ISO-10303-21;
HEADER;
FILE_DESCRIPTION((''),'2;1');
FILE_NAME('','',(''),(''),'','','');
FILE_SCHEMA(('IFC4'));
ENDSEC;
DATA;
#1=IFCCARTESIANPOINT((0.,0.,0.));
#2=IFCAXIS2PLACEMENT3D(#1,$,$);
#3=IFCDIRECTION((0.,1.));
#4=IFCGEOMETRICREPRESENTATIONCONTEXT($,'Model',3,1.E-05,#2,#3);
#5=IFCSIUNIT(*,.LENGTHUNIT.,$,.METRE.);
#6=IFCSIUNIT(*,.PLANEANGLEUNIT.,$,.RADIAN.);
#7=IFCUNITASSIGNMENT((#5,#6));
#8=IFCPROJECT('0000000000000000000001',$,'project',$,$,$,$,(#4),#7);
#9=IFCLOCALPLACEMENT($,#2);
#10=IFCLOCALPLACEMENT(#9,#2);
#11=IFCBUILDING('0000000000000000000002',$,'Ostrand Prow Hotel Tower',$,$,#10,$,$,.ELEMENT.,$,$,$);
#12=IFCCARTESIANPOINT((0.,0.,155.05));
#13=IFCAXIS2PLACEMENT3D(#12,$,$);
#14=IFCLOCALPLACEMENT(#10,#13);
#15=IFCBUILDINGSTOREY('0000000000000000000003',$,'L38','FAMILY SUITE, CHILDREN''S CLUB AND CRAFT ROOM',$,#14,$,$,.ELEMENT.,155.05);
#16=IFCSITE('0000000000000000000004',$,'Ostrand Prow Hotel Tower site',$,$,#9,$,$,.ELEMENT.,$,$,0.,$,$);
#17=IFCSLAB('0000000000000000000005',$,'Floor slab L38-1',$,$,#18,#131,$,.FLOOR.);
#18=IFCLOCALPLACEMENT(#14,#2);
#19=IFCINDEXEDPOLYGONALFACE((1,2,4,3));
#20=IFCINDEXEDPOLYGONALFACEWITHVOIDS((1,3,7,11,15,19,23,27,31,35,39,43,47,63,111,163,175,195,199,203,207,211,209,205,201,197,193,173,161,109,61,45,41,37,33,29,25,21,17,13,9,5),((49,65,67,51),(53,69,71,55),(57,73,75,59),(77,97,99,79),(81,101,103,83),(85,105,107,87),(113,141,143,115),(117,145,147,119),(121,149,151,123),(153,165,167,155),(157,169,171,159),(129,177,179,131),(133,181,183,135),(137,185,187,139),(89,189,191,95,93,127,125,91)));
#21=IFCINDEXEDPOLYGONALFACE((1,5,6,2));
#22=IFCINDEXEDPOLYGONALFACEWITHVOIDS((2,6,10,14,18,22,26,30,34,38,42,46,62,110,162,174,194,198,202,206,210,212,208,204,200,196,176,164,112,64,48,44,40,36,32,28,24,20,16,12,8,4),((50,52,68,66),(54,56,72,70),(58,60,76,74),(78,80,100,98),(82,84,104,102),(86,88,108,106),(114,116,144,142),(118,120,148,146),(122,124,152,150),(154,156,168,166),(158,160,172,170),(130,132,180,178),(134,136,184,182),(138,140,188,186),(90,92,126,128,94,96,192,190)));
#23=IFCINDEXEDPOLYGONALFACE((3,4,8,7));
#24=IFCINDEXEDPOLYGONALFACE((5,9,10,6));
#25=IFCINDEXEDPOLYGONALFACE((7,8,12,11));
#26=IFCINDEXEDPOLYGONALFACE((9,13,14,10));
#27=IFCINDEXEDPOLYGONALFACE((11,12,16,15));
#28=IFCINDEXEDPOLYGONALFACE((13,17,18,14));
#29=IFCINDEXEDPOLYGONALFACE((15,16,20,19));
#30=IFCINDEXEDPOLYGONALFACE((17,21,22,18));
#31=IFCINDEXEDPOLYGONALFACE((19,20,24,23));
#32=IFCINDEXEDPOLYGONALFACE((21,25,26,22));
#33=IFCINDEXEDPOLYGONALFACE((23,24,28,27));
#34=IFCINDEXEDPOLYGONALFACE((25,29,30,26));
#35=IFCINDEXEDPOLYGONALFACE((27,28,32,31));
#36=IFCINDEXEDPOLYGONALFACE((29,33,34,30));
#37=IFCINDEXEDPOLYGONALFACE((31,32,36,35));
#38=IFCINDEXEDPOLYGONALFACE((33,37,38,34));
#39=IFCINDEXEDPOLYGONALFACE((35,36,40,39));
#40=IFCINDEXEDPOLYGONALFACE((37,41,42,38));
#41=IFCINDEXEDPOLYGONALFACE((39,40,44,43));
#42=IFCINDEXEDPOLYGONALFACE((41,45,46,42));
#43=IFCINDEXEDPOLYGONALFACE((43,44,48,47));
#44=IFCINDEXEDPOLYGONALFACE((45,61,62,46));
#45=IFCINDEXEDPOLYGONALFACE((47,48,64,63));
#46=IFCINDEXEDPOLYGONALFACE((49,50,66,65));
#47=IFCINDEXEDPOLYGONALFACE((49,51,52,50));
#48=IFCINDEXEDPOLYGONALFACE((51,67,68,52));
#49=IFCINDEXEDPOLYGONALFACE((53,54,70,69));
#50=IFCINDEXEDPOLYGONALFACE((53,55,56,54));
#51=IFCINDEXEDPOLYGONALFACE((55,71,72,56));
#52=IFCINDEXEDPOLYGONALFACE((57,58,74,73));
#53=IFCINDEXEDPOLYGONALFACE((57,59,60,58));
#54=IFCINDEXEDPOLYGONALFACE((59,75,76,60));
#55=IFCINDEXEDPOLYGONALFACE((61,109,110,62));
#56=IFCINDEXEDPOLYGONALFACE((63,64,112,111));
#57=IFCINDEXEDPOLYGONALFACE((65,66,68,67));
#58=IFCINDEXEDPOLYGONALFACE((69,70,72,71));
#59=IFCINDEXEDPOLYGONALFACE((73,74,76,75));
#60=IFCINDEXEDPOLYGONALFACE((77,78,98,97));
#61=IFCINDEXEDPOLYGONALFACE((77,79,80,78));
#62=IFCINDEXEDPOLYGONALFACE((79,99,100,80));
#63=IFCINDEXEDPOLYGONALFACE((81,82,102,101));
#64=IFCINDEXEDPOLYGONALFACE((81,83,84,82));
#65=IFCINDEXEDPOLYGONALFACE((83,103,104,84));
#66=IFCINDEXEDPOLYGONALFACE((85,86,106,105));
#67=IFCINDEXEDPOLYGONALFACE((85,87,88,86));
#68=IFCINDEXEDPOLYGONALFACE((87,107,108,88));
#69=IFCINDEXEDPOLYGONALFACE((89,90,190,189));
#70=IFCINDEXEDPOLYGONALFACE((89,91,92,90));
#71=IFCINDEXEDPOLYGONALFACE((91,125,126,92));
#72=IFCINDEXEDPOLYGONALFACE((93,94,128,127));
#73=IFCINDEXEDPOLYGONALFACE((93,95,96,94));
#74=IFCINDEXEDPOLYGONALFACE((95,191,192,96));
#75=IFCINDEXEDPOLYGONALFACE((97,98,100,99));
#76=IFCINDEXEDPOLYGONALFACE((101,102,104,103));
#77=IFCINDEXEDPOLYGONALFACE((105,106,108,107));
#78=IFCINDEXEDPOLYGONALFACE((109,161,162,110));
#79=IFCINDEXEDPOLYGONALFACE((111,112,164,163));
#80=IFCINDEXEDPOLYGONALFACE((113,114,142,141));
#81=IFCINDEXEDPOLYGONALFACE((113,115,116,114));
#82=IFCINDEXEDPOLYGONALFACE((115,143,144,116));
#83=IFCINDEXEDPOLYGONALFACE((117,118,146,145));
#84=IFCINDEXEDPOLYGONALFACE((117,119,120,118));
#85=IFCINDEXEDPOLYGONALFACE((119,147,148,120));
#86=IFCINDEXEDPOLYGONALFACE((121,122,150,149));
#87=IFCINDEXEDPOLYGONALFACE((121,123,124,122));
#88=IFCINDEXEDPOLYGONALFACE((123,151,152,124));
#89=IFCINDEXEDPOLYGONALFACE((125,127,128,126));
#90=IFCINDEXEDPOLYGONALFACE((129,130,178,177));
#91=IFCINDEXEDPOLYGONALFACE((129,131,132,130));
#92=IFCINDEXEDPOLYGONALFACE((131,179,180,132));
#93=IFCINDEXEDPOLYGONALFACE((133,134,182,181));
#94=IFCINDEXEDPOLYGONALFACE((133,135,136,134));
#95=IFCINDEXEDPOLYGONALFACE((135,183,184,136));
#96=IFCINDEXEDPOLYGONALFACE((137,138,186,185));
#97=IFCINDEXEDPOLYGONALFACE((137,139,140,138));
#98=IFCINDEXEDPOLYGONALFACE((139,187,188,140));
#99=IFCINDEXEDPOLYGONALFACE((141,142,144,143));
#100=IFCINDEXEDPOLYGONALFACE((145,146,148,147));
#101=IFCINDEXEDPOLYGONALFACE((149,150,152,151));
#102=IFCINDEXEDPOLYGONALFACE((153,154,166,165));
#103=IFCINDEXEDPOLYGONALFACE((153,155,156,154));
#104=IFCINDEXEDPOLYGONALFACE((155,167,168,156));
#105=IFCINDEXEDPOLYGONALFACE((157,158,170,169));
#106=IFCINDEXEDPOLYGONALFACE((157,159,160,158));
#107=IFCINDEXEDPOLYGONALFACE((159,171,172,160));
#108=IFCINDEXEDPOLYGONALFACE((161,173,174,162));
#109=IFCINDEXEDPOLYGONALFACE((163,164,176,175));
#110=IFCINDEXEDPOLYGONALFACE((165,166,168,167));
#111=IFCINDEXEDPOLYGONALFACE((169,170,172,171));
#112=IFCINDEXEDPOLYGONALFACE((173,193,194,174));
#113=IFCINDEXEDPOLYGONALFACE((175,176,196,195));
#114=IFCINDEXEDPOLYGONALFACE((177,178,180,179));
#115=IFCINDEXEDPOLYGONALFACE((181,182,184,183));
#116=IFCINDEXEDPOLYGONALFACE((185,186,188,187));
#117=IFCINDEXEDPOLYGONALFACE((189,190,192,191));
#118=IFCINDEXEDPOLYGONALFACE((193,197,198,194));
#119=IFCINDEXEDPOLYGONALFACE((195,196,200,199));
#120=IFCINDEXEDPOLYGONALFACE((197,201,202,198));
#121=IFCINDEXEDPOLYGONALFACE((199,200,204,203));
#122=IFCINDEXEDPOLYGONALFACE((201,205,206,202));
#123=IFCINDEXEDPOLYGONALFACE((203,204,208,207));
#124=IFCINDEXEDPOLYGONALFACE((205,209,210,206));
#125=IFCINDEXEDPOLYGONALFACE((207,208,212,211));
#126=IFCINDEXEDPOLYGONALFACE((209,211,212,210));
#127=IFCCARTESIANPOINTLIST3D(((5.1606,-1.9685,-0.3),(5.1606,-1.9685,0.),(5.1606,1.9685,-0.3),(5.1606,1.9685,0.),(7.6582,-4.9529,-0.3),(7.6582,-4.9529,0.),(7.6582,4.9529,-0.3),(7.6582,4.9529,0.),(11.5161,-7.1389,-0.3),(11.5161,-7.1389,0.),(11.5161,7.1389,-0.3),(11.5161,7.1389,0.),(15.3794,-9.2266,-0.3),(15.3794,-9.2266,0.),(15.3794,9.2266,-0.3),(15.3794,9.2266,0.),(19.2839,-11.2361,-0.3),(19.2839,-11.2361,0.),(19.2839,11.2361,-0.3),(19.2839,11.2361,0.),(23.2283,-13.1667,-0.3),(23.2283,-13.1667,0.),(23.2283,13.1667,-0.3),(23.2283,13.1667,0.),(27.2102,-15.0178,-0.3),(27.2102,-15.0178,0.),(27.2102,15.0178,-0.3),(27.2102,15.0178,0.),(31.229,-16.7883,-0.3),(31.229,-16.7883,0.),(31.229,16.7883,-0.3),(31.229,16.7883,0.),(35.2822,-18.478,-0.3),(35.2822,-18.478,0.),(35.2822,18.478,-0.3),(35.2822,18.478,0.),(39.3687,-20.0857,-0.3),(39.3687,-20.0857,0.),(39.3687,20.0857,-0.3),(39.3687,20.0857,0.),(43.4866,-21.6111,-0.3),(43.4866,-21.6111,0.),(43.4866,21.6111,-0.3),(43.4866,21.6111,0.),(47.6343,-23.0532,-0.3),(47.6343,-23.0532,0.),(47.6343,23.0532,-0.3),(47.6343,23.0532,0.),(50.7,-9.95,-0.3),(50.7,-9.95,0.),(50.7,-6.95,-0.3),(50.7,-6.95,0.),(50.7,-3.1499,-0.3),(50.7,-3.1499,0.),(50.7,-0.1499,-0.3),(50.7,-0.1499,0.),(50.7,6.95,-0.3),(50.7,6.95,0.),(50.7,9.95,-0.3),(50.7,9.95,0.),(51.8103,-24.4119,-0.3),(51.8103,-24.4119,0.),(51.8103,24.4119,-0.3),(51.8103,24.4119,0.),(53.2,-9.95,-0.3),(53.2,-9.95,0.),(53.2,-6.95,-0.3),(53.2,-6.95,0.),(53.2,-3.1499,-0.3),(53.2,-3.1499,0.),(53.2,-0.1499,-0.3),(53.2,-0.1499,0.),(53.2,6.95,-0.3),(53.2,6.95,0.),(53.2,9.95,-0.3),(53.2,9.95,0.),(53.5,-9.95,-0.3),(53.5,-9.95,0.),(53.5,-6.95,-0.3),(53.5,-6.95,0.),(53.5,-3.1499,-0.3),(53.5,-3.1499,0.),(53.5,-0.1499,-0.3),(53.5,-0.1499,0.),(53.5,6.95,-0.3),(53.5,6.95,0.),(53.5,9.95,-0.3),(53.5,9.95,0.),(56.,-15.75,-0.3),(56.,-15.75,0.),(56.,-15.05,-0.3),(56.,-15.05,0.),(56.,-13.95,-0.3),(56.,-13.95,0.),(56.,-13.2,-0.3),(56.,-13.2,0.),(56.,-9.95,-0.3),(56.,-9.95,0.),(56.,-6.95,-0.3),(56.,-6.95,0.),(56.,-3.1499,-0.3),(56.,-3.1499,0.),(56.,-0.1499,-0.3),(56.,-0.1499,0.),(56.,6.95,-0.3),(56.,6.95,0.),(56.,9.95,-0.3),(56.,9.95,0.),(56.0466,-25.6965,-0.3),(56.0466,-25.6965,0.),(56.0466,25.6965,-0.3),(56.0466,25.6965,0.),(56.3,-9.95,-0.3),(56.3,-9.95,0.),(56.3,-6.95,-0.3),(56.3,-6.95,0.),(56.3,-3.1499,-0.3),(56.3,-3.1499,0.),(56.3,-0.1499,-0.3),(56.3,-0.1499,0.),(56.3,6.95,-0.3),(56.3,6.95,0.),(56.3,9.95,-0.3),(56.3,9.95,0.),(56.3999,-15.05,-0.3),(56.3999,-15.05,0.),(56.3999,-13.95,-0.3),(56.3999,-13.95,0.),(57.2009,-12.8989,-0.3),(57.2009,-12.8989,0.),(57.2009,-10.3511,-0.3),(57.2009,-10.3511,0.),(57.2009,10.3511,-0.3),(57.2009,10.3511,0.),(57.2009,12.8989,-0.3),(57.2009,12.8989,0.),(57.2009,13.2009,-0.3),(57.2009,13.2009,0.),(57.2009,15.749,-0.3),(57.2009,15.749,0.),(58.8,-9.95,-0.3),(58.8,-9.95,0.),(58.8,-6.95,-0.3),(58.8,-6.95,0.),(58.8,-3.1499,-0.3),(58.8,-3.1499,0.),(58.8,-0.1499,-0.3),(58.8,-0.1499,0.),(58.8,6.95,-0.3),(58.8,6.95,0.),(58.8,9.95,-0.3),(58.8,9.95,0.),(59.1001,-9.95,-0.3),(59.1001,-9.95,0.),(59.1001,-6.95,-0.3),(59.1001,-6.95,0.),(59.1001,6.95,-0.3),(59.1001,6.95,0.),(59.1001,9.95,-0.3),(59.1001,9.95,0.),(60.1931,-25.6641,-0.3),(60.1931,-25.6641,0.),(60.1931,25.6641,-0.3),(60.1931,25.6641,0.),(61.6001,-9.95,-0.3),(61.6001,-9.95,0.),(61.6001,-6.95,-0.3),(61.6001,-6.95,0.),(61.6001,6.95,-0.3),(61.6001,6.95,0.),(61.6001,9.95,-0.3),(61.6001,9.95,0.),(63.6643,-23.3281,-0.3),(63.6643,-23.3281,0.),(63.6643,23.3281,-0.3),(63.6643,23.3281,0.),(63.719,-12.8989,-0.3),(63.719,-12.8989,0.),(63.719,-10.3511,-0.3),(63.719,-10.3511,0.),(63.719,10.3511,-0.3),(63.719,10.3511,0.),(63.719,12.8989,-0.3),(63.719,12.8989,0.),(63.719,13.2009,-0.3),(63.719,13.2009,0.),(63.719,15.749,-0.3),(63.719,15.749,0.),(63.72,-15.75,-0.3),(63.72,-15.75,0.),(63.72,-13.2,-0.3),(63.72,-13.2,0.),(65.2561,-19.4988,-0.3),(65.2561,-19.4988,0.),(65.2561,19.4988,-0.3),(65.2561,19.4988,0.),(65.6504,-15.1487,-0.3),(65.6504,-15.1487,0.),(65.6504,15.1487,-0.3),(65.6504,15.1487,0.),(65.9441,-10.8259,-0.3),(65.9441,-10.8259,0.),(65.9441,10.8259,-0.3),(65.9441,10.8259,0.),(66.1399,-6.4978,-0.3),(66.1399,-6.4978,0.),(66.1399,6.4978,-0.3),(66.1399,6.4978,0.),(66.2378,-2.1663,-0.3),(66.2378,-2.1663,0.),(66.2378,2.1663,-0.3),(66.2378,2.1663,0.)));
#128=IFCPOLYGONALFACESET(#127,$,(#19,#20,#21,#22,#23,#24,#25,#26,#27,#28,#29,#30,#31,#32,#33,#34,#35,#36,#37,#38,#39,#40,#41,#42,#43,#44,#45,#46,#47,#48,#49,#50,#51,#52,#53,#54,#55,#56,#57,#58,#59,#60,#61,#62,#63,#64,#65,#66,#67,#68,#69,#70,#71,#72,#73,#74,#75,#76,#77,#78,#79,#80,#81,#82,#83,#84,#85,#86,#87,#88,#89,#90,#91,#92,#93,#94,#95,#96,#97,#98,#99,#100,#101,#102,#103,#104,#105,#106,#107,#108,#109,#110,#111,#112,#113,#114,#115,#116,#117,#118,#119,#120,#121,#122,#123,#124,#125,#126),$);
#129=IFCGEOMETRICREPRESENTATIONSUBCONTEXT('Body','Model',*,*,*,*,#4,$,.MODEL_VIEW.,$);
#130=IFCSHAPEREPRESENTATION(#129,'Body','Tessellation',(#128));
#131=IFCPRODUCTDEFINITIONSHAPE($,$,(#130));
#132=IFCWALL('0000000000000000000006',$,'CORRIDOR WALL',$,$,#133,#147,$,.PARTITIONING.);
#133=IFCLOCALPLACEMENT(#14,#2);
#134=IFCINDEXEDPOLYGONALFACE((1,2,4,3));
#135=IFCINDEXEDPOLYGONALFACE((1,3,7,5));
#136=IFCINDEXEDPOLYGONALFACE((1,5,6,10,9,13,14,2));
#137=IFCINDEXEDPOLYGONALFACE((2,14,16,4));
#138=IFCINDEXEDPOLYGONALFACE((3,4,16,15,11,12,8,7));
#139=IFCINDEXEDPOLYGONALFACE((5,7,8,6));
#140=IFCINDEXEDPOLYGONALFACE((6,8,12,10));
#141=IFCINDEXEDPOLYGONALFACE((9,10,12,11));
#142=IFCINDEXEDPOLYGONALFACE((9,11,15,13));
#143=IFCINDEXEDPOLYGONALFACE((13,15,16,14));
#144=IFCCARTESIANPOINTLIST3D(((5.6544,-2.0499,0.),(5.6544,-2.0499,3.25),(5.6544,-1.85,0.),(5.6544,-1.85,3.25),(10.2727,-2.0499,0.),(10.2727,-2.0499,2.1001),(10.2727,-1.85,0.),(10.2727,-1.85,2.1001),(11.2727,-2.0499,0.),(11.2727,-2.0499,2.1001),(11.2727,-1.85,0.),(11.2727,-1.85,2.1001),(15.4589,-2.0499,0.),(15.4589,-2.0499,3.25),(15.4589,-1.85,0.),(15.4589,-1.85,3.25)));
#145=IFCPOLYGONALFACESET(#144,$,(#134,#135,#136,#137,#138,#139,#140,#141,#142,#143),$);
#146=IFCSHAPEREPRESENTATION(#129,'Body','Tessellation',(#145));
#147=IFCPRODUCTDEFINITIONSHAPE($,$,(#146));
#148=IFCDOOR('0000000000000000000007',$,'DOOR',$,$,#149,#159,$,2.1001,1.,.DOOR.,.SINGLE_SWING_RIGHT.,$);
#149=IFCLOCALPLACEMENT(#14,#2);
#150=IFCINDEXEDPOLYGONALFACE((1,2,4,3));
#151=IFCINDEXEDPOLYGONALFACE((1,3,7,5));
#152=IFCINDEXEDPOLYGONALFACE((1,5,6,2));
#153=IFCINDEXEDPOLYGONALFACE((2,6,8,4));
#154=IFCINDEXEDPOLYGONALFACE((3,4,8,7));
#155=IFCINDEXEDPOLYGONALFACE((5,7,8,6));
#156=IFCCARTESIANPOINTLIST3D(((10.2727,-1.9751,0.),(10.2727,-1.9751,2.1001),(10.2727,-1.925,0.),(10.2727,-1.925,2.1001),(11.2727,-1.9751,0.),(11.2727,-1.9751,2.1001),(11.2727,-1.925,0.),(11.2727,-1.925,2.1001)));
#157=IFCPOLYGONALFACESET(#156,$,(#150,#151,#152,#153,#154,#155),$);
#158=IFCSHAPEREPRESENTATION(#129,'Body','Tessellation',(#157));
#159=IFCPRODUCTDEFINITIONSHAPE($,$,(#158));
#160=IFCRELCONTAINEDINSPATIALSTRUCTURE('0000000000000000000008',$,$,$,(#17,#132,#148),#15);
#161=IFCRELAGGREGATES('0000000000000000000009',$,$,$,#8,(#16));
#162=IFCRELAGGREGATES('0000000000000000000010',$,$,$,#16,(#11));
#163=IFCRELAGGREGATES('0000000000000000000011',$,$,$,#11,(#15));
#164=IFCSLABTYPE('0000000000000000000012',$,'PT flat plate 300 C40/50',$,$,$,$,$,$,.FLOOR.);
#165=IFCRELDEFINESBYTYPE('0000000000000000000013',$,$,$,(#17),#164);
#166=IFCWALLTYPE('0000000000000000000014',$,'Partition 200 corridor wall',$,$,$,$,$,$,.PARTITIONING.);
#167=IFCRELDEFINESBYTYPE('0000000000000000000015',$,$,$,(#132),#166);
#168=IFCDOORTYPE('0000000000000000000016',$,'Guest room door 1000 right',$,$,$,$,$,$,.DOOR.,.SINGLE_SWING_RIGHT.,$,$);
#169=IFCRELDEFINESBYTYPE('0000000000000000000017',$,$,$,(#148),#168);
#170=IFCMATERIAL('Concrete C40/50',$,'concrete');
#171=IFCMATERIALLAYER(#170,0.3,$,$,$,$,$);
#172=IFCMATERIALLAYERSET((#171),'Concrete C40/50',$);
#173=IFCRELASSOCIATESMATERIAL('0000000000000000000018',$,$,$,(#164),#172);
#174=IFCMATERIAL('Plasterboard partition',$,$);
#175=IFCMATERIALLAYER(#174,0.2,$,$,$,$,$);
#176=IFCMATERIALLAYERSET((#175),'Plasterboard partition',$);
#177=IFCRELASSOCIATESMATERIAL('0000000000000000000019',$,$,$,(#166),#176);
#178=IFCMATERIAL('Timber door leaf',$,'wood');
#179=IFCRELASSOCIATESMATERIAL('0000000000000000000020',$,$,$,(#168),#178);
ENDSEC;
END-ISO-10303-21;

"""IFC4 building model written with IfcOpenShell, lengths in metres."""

from ifc_helpers import new_model, si_unit, direction, frame, frame_2d, origin, place, context, subcontext, project, spatial, polyline, rectangle, outline, extrude, material, layer, layer_set, type_object, element, fill, save


model = new_model("IFC4")

# Units and contexts
model_context = context("Model", 3, precision=1e-05, world=origin(), true_north=direction((0.0, 1.0)))
body_context = subcontext(model_context, "Body", "Model", "MODEL_VIEW")
ifc_project = project(units=[si_unit("LENGTHUNIT", "METRE"), si_unit("PLANEANGLEUNIT", "RADIAN")], contexts=[model_context])

# Site, building, storey
site_placement = place(None, origin())
site = spatial("IfcSite", under=ifc_project, at=site_placement, Name="Ostrand Prow Hotel Tower site", CompositionType="ELEMENT", RefElevation=0.0)
building_placement = place(site_placement, origin())
building = spatial("IfcBuilding", under=site, at=building_placement, Name="Ostrand Prow Hotel Tower", CompositionType="ELEMENT")
storey_placement = place(building_placement, frame((0.0, 0.0, 155.05)))
storey = spatial("IfcBuildingStorey", under=building, at=storey_placement, Name="L38", Description="FAMILY SUITE, CHILDREN'S CLUB AND CRAFT ROOM", CompositionType="ELEMENT", Elevation=155.05)

# Slab, opening
ifc_material_1 = material(Name="Concrete C40/50", Category="concrete")
ifc_layer_1 = layer(ifc_material_1, 0.3)
ifc_layer_set_1 = layer_set([ifc_layer_1], Name="Concrete C40/50")
slab_type = type_object("IfcSlabType", Name="PT flat plate 300 C40/50", PredefinedType="FLOOR", material=ifc_layer_set_1)
slab_placement = place(storey_placement, frame((0.0, 0.0, -0.3)))
slab = element("IfcSlab", 1, at=slab_placement, inside=storey, type_object=slab_type, Name="Floor slab L38-1", PredefinedType="FLOOR", context=body_context, shape_type="SweptSolid", body=[
    extrude(outline(polyline([(7.6582, 4.9529), (11.5161, 7.1389), (15.3794, 9.2266), (19.2839, 11.2361), (23.2283, 13.1667), (27.2102, 15.0178), (31.229, 16.7883), (35.2822, 18.478), (39.3687, 20.0857), (43.4866, 21.6111), (47.6343, 23.0532), (51.8103, 24.4119), (56.0466, 25.6965), (60.1931, 25.6641), (63.6643, 23.3281), (65.2561, 19.4988), (65.6504, 15.1487), (65.9441, 10.8259), (66.1399, 6.4978), (66.2378, 2.1663), (66.2378, -2.1663), (66.1399, -6.4978), (65.9441, -10.8259), (65.6504, -15.1487), (65.2561, -19.4988), (63.6643, -23.3281), (60.1931, -25.6641), (56.0466, -25.6965), (51.8103, -24.4119), (47.6343, -23.0532), (43.4866, -21.6111), (39.3687, -20.0857), (35.2822, -18.478), (31.229, -16.7883), (27.2102, -15.0178), (23.2283, -13.1667), (19.2839, -11.2361), (15.3794, -9.2266), (11.5161, -7.1389), (7.6582, -4.9529), (5.1606, -1.9685), (5.1606, 1.9685), (7.6582, 4.9529)]), holes=[polyline([(50.7, 6.95), (53.2, 6.95), (53.2, 9.95), (50.7, 9.95), (50.7, 6.95)]), polyline([(53.5, 6.95), (56.0, 6.95), (56.0, 9.95), (53.5, 9.95), (53.5, 6.95)]), polyline([(56.3, 6.95), (58.8, 6.95), (58.8, 9.95), (56.3, 9.95), (56.3, 6.95)]), polyline([(59.1001, 6.95), (61.6001, 6.95), (61.6001, 9.95), (59.1001, 9.95), (59.1001, 6.95)]), polyline([(50.7, -3.1499), (53.2, -3.1499), (53.2, -0.1499), (50.7, -0.1499), (50.7, -3.1499)]), polyline([(53.5, -3.1499), (56.0, -3.1499), (56.0, -0.1499), (53.5, -0.1499), (53.5, -3.1499)]), polyline([(56.3, -3.1499), (58.8, -3.1499), (58.8, -0.1499), (56.3, -0.1499), (56.3, -3.1499)]), polyline([(50.7, -9.95), (53.2, -9.95), (53.2, -6.95), (50.7, -6.95), (50.7, -9.95)]), polyline([(53.5, -9.95), (56.0, -9.95), (56.0, -6.95), (53.5, -6.95), (53.5, -9.95)]), polyline([(56.3, -9.95), (58.8, -9.95), (58.8, -6.95), (56.3, -6.95), (56.3, -9.95)]), polyline([(59.1001, -9.95), (61.6001, -9.95), (61.6001, -6.95), (59.1001, -6.95), (59.1001, -9.95)]), polyline([(57.2009, 10.3511), (57.2009, 12.8989), (63.719, 12.8989), (63.719, 10.3511), (57.2009, 10.3511)]), polyline([(57.2009, 13.2009), (57.2009, 15.749), (63.719, 15.749), (63.719, 13.2009), (57.2009, 13.2009)]), polyline([(57.2009, -12.8989), (57.2009, -10.3511), (63.719, -10.3511), (63.719, -12.8989), (57.2009, -12.8989)]), polyline([(56.0, -13.2), (63.72, -13.2), (63.72, -15.75), (56.0, -15.75), (56.0, -15.05), (56.3999, -15.05), (56.3999, -13.95), (56.0, -13.95), (56.0, -13.2)])]), origin(), (0.0, 0.0, 1.0), 0.3),
])
opening_1_placement = place(slab_placement, origin())
element("IfcOpeningElement", 2, at=opening_1_placement, cuts=slab, PredefinedType="OPENING", context=body_context, shape_type="SweptSolid", body=[
    extrude(outline(polyline([(56.0, -13.2), (63.72, -13.2), (63.72, -15.75), (56.0, -15.75), (56.0, -15.05), (56.3999, -15.05), (56.3999, -13.95), (56.0, -13.95), (56.0, -13.2)])), origin(), (0.0, 0.0, 1.0), 0.3),
])

# Wall, opening, door
ifc_material_2 = material(Name="Plasterboard partition")
ifc_layer_2 = layer(ifc_material_2, 0.2)
ifc_layer_set_2 = layer_set([ifc_layer_2], Name="Plasterboard partition")
wall_type_1 = type_object("IfcWallType", Name="Partition 200 corridor wall", PredefinedType="PARTITIONING", material=ifc_layer_set_2)
wall_1_placement = place(storey_placement, frame((5.6543, -1.95, 0.0), z_axis=(0.0, 0.0, 1.0), x_axis=(1.0, 0.0, 0.0)))
wall_1 = element("IfcWall", 3, at=wall_1_placement, inside=storey, type_object=wall_type_1, Name="CORRIDOR WALL", PredefinedType="PARTITIONING", context=body_context, shape_type="SweptSolid", body=[
    extrude(rectangle(XDim=9.8044, YDim=0.2, at=frame_2d((4.9023, 0.0))), origin(), (0.0, 0.0, 1.0), 3.25),
])
opening_2_placement = place(wall_1_placement, frame((4.6184, 0.0, 0.0)))
opening_2 = element("IfcOpeningElement", 4, at=opening_2_placement, cuts=wall_1, PredefinedType="OPENING", context=body_context, shape_type="SweptSolid", body=[
    extrude(rectangle(XDim=1.0, YDim=2.1001, at=frame_2d((0.5, 1.05))), frame((0.0, 0.1099, 0.0), z_axis=(0.0, -1.0, 0.0), x_axis=(1.0, 0.0, 0.0)), (0.0, 0.0, 1.0), 0.22),
])
ifc_material_3 = material(Name="Timber door leaf", Category="wood")
door_type = type_object("IfcDoorType", Name="Guest room door 1000 right", OperationType="SINGLE_SWING_RIGHT", PredefinedType="DOOR", material=ifc_material_3)
door_placement = place(opening_2_placement, origin())
door = element("IfcDoor", 5, at=door_placement, inside=storey, type_object=door_type, Name="DOOR", OperationType="SINGLE_SWING_RIGHT", OverallHeight=2.1001, OverallWidth=1.0, PredefinedType="DOOR", context=body_context, shape_type="SweptSolid", body=[
    extrude(rectangle(XDim=1.0, YDim=2.1001, at=frame_2d((0.5, 1.05))), frame((0.0, 0.0249, 0.0), z_axis=(0.0, -1.0, 0.0), x_axis=(1.0, 0.0, 0.0)), (0.0, 0.0, 1.0), 0.05),
])
fill(opening_2, door)

save(model, "model.ifc")
